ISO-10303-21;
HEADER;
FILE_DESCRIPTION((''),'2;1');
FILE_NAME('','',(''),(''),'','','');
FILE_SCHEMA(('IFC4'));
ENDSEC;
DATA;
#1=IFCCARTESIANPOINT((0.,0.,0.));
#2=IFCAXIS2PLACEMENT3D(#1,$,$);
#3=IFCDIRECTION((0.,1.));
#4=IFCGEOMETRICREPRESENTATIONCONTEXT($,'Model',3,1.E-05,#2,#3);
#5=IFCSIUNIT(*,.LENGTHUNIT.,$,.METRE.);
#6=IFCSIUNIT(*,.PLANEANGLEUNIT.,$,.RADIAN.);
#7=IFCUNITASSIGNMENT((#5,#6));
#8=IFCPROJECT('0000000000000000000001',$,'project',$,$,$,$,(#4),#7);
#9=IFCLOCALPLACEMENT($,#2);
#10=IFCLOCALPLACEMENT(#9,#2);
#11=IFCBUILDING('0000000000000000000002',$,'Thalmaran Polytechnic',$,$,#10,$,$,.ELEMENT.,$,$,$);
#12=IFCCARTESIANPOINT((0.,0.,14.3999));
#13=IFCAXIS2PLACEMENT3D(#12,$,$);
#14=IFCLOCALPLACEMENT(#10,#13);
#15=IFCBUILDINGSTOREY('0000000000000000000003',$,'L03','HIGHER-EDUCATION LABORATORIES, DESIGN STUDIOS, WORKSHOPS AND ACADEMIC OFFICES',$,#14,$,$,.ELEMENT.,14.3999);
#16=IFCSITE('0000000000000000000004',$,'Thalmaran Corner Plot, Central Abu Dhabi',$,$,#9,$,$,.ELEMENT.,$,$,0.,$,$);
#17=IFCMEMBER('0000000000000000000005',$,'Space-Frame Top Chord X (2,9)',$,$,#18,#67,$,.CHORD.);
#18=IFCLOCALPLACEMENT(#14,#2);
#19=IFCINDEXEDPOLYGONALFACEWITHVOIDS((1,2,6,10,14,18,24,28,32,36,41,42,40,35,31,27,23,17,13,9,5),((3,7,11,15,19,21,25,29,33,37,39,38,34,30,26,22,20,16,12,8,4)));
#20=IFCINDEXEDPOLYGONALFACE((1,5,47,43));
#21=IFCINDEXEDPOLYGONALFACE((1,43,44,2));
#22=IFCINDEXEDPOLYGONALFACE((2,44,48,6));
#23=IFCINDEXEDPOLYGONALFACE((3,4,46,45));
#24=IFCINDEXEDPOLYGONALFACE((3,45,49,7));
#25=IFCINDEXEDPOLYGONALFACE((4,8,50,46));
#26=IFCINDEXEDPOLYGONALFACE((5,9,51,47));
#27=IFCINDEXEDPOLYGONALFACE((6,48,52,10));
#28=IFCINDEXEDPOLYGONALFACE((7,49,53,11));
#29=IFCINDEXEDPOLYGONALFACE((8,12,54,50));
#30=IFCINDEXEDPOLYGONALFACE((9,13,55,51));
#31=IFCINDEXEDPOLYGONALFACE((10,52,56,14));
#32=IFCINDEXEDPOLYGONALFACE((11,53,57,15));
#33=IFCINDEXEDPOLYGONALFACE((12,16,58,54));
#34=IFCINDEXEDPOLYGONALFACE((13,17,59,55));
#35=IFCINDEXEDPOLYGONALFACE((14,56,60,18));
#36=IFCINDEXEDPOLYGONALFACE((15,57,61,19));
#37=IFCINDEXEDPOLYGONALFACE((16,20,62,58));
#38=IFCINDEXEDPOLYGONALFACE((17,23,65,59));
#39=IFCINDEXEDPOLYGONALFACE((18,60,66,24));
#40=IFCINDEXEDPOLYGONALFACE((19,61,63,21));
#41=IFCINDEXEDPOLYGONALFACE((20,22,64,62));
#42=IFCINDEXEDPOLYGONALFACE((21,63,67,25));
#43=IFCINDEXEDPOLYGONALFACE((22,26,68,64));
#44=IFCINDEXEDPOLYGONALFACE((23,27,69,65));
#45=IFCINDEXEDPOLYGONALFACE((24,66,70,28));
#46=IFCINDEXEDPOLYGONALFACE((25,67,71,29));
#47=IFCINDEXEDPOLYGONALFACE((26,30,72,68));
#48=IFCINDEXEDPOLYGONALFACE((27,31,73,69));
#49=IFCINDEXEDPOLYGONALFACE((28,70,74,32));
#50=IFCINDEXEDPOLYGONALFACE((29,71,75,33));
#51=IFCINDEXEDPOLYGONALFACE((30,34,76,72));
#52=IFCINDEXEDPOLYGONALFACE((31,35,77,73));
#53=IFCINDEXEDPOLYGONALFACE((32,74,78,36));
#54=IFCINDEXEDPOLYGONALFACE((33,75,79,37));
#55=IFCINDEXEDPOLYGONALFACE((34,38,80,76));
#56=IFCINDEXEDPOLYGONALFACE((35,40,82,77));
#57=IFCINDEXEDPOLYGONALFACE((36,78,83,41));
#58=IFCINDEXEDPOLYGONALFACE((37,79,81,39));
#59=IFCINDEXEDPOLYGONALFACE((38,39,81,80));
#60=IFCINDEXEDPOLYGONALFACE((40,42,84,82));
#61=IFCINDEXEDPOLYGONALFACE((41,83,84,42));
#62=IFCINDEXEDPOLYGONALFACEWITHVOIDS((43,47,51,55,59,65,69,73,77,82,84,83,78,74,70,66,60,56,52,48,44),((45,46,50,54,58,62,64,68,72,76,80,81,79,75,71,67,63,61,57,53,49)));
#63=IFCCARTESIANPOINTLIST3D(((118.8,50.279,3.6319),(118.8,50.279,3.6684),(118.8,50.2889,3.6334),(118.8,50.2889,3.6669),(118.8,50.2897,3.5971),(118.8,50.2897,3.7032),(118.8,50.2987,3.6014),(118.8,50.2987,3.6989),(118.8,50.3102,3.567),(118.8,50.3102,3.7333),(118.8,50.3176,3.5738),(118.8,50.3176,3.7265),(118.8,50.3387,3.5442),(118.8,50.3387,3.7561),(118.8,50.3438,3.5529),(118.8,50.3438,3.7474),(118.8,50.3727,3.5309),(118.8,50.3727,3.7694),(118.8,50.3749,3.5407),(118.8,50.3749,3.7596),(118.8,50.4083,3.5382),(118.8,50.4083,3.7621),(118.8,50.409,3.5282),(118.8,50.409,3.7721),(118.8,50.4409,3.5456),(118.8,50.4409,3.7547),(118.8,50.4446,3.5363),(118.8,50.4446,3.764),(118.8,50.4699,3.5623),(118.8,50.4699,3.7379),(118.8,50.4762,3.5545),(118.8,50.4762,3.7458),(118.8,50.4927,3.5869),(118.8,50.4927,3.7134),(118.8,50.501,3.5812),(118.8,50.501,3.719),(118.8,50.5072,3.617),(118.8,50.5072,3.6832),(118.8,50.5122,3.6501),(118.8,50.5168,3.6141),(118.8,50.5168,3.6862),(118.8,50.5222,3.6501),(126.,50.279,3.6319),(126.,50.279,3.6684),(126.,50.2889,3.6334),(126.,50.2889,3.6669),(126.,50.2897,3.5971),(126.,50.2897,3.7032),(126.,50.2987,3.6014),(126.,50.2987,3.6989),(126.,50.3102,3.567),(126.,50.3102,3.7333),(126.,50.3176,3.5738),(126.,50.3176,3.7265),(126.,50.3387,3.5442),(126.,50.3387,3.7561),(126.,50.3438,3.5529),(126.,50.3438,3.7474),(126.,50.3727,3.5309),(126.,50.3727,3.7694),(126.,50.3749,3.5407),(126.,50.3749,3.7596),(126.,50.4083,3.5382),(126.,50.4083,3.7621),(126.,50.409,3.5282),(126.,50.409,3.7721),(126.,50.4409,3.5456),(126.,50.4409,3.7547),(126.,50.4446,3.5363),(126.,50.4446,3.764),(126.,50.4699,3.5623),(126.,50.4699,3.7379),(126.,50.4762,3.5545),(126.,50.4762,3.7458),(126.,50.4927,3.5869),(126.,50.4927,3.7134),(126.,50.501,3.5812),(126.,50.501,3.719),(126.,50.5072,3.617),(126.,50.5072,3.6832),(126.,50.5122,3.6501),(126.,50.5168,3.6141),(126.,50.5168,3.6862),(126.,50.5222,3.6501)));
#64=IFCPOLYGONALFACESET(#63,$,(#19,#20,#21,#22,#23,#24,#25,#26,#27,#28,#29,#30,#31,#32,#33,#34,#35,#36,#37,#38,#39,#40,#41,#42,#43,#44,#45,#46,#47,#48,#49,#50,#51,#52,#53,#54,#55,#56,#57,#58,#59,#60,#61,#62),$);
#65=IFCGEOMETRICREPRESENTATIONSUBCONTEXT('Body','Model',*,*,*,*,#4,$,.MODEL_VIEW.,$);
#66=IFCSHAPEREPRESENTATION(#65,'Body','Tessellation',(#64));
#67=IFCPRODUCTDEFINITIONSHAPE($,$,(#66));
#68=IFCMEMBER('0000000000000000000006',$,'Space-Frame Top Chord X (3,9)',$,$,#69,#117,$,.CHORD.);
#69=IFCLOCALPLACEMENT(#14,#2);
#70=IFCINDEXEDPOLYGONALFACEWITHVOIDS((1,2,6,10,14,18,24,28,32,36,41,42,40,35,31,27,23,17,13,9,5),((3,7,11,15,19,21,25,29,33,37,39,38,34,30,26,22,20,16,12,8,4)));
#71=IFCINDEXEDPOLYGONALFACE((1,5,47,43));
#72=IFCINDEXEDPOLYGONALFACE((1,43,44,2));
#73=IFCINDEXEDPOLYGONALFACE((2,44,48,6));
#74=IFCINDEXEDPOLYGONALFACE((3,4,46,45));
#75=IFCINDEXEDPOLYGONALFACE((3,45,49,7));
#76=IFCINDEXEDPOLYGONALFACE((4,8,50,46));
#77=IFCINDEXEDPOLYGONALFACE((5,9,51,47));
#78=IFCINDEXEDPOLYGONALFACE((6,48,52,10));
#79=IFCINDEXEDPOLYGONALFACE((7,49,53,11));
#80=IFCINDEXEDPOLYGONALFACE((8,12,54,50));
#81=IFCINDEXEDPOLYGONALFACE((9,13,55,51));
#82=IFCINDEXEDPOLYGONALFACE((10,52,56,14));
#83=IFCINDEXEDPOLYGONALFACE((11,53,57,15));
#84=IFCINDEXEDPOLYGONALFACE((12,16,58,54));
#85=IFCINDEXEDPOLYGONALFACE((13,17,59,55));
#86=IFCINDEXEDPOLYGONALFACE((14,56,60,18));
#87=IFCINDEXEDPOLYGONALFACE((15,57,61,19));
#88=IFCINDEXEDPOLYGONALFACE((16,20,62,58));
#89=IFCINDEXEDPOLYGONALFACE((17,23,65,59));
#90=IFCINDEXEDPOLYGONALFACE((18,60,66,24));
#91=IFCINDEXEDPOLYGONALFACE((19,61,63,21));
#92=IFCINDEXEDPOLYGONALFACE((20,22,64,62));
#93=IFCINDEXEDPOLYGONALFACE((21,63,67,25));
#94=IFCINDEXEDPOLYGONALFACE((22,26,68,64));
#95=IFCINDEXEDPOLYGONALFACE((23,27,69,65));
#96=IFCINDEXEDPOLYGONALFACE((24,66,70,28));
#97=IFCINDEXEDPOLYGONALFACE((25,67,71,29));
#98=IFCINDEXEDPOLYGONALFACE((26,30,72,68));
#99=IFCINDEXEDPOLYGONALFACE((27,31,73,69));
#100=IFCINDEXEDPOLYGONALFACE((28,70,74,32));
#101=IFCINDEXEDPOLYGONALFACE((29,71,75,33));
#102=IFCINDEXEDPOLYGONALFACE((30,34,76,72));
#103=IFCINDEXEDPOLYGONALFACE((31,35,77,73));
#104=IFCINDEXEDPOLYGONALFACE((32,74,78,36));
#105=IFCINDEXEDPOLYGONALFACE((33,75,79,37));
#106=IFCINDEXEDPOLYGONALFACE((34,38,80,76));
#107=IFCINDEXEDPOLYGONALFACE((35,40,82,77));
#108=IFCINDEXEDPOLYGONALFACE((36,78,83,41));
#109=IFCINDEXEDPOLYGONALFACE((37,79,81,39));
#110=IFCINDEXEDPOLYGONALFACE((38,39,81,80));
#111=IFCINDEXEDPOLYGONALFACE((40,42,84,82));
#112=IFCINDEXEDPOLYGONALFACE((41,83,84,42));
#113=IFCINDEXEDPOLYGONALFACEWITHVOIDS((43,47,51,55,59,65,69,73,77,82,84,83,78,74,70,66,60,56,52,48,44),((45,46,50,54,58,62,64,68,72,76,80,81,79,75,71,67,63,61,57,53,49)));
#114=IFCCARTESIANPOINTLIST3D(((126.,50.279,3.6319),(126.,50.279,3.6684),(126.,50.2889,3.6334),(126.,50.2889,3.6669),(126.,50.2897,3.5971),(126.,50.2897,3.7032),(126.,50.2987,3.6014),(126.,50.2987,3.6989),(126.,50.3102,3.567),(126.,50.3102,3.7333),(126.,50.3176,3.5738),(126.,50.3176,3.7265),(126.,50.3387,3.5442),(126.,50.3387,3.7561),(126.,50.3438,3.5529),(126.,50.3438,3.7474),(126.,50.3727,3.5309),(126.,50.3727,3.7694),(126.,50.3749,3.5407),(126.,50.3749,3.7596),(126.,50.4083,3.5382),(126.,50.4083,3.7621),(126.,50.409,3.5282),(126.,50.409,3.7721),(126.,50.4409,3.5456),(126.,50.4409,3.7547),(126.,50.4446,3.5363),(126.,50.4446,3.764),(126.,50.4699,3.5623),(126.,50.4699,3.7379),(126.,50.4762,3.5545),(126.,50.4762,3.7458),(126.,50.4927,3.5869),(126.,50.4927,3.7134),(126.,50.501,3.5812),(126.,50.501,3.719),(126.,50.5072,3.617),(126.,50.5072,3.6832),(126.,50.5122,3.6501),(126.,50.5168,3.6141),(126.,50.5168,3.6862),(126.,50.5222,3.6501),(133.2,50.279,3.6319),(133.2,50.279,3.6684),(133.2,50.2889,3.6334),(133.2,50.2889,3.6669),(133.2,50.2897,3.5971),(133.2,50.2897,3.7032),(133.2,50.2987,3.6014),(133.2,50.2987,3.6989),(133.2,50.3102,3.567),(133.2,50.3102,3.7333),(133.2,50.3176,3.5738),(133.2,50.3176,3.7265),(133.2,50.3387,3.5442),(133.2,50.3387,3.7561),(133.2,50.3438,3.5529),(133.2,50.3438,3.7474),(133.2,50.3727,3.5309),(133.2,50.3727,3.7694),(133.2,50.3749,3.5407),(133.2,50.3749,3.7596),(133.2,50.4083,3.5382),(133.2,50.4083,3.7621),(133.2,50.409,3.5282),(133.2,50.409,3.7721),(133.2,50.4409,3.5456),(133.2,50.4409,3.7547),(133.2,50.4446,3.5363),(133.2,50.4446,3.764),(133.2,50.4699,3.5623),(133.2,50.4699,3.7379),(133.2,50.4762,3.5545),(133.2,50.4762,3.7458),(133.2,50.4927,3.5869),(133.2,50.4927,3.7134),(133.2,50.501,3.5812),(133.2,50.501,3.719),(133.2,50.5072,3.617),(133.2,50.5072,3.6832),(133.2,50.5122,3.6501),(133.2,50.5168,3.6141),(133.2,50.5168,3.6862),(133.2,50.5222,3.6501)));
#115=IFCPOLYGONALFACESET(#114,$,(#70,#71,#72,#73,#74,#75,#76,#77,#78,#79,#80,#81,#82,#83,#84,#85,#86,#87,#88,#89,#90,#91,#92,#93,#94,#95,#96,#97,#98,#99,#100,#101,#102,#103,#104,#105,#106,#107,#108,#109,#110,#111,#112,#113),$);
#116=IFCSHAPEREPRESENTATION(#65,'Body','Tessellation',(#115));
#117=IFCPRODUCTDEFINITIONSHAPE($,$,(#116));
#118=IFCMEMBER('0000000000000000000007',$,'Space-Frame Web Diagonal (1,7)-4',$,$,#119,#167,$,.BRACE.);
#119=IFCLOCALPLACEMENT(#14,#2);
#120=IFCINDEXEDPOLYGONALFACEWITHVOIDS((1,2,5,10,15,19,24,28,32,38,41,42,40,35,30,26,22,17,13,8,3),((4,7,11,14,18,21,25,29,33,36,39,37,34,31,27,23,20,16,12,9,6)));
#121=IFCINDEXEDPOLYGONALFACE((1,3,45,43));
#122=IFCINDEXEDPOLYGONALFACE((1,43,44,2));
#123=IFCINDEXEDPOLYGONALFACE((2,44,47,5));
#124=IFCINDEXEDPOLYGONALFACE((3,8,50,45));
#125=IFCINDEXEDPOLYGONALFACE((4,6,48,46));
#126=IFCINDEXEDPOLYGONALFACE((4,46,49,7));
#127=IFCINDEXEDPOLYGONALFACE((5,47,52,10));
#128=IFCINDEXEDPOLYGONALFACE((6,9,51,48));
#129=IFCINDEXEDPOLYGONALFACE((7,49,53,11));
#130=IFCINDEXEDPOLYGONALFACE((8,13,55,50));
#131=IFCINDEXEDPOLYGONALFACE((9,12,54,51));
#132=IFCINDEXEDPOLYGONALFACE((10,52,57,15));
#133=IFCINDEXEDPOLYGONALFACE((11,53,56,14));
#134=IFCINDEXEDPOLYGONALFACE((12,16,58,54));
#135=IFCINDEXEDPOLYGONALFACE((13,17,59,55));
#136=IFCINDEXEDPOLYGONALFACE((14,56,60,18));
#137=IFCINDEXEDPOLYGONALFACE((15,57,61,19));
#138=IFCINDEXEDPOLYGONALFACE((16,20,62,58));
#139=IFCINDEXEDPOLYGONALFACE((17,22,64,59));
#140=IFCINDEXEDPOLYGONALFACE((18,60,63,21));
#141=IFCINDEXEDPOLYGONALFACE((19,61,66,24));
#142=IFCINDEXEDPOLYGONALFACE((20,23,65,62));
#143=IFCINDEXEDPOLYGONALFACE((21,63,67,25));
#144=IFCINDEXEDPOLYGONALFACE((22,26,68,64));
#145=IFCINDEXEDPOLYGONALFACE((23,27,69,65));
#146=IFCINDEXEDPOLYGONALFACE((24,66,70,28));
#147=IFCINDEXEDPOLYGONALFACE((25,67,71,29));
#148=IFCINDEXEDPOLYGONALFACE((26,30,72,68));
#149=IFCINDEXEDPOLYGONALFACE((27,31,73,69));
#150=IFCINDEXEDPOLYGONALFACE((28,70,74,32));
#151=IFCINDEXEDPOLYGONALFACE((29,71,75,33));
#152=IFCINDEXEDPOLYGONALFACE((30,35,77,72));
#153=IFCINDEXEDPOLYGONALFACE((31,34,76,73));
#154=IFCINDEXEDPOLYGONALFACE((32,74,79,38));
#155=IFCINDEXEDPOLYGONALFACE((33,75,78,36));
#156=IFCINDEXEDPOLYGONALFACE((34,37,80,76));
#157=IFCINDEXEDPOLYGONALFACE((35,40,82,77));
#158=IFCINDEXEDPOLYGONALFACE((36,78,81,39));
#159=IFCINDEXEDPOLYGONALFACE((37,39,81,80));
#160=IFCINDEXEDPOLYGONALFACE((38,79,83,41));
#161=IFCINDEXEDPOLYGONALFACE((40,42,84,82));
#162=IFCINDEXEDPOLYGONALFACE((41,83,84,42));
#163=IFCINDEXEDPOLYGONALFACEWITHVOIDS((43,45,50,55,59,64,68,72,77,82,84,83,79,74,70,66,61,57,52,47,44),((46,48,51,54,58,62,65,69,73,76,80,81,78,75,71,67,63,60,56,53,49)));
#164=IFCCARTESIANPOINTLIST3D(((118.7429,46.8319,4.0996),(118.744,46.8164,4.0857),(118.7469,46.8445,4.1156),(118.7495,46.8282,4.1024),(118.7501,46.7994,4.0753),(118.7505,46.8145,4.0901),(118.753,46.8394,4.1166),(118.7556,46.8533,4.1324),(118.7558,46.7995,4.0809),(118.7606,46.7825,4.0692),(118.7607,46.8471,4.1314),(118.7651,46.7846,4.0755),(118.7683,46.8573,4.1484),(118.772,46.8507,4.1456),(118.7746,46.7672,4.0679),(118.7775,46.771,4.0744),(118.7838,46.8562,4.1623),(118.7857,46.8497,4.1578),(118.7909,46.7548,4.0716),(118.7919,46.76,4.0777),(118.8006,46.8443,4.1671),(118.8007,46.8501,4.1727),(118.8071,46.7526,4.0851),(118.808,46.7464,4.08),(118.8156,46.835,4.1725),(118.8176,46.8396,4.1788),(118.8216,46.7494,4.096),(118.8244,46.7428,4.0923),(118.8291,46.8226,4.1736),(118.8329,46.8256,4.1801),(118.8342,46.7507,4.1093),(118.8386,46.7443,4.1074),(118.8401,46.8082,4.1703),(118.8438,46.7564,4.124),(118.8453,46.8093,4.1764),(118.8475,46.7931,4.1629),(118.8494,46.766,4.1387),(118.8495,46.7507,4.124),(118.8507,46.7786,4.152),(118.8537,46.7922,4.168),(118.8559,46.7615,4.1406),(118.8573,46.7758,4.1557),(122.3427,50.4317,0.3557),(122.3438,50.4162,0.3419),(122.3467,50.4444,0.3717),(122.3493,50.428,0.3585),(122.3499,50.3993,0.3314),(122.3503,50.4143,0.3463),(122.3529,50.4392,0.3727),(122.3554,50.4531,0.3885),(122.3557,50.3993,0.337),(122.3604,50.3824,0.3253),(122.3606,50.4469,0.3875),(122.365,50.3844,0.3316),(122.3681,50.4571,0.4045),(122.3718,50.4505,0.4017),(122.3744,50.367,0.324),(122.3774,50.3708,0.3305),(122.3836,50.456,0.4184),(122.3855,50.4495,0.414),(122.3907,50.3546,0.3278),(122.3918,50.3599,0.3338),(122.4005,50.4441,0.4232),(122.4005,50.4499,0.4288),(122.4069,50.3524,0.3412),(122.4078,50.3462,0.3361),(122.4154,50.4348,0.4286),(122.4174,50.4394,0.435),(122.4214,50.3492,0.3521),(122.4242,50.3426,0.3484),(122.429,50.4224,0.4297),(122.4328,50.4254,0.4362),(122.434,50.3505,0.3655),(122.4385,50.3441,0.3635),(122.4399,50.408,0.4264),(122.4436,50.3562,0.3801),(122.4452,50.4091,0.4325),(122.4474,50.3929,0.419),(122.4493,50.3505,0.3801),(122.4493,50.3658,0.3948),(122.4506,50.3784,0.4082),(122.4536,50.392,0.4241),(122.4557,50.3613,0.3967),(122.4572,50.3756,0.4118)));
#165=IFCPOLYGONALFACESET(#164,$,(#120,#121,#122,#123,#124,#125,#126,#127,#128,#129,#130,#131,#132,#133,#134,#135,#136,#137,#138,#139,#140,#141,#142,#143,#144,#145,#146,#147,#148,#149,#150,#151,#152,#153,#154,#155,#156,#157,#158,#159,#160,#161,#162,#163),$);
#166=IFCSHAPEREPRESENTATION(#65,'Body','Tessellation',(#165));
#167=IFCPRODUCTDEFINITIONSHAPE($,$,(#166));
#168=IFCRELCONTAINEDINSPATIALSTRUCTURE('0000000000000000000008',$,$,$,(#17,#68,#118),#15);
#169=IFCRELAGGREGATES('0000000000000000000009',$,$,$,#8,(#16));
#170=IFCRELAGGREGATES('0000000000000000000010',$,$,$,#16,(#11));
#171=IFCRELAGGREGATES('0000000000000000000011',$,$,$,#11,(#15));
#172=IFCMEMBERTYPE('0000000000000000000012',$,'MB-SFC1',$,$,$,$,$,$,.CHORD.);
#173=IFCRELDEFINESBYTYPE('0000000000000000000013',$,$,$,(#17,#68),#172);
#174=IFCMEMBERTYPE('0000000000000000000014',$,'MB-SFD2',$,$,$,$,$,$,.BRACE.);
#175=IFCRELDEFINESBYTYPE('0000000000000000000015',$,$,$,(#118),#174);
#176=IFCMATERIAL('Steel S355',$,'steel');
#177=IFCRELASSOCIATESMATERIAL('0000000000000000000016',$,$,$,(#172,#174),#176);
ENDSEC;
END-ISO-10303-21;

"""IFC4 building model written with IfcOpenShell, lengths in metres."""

from ifc_helpers import new_model, si_unit, direction, frame, origin, origin_2d, place, context, subcontext, project, spatial, hollow_circle, extrude, material, material_profile, profile_set, type_object, element, save


model = new_model("IFC4")

# Units and contexts
model_context = context("Model", 3, precision=1e-05, world=origin(), true_north=direction((0.0, 1.0)))
body_context = subcontext(model_context, "Body", "Model", "MODEL_VIEW")
ifc_project = project(units=[si_unit("LENGTHUNIT", "METRE"), si_unit("PLANEANGLEUNIT", "RADIAN")], contexts=[model_context])

# Site, building, storey
site_placement = place(None, origin())
site = spatial("IfcSite", under=ifc_project, at=site_placement, Name="Thalmaran Corner Plot, Central Abu Dhabi", CompositionType="ELEMENT", RefElevation=0.0)
building_placement = place(site_placement, origin())
building = spatial("IfcBuilding", under=site, at=building_placement, Name="Thalmaran Polytechnic", CompositionType="ELEMENT")
storey_placement = place(building_placement, frame((0.0, 0.0, 14.3999)))
storey = spatial("IfcBuildingStorey", under=building, at=storey_placement, Name="L03", Description="HIGHER-EDUCATION LABORATORIES, DESIGN STUDIOS, WORKSHOPS AND ACADEMIC OFFICES", CompositionType="ELEMENT", Elevation=14.3999)

# Shared definitions
ifc_material_1 = material(Name="Steel S355", Category="steel")

# Members
ifc_material_profile_1 = material_profile(ifc_material_1, hollow_circle(Radius=0.1223, WallThickness=0.01, at=origin_2d()), Name="CHS 244.5x10.0")
ifc_profile_set_1 = profile_set([ifc_material_profile_1], Name="Steel S355")
member_type_1 = type_object("IfcMemberType", Name="MB-SFC1", PredefinedType="CHORD", material=ifc_profile_set_1)
for number, where, z_axis, x_axis, name in (
    (1, (118.8, 50.3999, 3.6501), (1.0, 0.0, 0.0), (0.0, 1.0, 0.0), "Space-Frame Top Chord X (2,9)"),
    (2, (126.0, 50.3999, 3.6501), (1.0, 0.0, 0.0), (0.0, 1.0, 0.0), "Space-Frame Top Chord X (3,9)"),
):
    element("IfcMember", number, at=place(storey_placement, frame(where, z_axis=z_axis, x_axis=x_axis)), inside=storey, type_object=member_type_1, Name=name, PredefinedType="CHORD", context=body_context, shape_type="SweptSolid", body=[
        extrude(hollow_circle(Radius=0.1223, WallThickness=0.01, at=origin_2d()), origin(), (0.0, 0.0, 1.0), 7.2),
    ])
ifc_material_profile_2 = material_profile(ifc_material_1, hollow_circle(Radius=0.0698, WallThickness=0.0081, at=origin_2d()), Name="CHS 139.7x8.0")
ifc_profile_set_2 = profile_set([ifc_material_profile_2], Name="Steel S355")
member_type_2 = type_object("IfcMemberType", Name="MB-SFD2", PredefinedType="BRACE", material=ifc_profile_set_2)
member_1_placement = place(storey_placement, frame((122.3999, 50.3999, 0.3801), z_axis=(-0.569652, -0.569652, 0.592446), x_axis=(0.707107, -0.707107, 0.0)))
element("IfcMember", 3, at=member_1_placement, inside=storey, type_object=member_type_2, Name="Space-Frame Web Diagonal (1,7)-4", PredefinedType="BRACE", context=body_context, shape_type="SweptSolid", body=[
    extrude(hollow_circle(Radius=0.0698, WallThickness=0.0081, at=origin_2d()), origin(), (0.0, 0.0, 1.0), 6.3193),
])

save(model, "model.ifc")
